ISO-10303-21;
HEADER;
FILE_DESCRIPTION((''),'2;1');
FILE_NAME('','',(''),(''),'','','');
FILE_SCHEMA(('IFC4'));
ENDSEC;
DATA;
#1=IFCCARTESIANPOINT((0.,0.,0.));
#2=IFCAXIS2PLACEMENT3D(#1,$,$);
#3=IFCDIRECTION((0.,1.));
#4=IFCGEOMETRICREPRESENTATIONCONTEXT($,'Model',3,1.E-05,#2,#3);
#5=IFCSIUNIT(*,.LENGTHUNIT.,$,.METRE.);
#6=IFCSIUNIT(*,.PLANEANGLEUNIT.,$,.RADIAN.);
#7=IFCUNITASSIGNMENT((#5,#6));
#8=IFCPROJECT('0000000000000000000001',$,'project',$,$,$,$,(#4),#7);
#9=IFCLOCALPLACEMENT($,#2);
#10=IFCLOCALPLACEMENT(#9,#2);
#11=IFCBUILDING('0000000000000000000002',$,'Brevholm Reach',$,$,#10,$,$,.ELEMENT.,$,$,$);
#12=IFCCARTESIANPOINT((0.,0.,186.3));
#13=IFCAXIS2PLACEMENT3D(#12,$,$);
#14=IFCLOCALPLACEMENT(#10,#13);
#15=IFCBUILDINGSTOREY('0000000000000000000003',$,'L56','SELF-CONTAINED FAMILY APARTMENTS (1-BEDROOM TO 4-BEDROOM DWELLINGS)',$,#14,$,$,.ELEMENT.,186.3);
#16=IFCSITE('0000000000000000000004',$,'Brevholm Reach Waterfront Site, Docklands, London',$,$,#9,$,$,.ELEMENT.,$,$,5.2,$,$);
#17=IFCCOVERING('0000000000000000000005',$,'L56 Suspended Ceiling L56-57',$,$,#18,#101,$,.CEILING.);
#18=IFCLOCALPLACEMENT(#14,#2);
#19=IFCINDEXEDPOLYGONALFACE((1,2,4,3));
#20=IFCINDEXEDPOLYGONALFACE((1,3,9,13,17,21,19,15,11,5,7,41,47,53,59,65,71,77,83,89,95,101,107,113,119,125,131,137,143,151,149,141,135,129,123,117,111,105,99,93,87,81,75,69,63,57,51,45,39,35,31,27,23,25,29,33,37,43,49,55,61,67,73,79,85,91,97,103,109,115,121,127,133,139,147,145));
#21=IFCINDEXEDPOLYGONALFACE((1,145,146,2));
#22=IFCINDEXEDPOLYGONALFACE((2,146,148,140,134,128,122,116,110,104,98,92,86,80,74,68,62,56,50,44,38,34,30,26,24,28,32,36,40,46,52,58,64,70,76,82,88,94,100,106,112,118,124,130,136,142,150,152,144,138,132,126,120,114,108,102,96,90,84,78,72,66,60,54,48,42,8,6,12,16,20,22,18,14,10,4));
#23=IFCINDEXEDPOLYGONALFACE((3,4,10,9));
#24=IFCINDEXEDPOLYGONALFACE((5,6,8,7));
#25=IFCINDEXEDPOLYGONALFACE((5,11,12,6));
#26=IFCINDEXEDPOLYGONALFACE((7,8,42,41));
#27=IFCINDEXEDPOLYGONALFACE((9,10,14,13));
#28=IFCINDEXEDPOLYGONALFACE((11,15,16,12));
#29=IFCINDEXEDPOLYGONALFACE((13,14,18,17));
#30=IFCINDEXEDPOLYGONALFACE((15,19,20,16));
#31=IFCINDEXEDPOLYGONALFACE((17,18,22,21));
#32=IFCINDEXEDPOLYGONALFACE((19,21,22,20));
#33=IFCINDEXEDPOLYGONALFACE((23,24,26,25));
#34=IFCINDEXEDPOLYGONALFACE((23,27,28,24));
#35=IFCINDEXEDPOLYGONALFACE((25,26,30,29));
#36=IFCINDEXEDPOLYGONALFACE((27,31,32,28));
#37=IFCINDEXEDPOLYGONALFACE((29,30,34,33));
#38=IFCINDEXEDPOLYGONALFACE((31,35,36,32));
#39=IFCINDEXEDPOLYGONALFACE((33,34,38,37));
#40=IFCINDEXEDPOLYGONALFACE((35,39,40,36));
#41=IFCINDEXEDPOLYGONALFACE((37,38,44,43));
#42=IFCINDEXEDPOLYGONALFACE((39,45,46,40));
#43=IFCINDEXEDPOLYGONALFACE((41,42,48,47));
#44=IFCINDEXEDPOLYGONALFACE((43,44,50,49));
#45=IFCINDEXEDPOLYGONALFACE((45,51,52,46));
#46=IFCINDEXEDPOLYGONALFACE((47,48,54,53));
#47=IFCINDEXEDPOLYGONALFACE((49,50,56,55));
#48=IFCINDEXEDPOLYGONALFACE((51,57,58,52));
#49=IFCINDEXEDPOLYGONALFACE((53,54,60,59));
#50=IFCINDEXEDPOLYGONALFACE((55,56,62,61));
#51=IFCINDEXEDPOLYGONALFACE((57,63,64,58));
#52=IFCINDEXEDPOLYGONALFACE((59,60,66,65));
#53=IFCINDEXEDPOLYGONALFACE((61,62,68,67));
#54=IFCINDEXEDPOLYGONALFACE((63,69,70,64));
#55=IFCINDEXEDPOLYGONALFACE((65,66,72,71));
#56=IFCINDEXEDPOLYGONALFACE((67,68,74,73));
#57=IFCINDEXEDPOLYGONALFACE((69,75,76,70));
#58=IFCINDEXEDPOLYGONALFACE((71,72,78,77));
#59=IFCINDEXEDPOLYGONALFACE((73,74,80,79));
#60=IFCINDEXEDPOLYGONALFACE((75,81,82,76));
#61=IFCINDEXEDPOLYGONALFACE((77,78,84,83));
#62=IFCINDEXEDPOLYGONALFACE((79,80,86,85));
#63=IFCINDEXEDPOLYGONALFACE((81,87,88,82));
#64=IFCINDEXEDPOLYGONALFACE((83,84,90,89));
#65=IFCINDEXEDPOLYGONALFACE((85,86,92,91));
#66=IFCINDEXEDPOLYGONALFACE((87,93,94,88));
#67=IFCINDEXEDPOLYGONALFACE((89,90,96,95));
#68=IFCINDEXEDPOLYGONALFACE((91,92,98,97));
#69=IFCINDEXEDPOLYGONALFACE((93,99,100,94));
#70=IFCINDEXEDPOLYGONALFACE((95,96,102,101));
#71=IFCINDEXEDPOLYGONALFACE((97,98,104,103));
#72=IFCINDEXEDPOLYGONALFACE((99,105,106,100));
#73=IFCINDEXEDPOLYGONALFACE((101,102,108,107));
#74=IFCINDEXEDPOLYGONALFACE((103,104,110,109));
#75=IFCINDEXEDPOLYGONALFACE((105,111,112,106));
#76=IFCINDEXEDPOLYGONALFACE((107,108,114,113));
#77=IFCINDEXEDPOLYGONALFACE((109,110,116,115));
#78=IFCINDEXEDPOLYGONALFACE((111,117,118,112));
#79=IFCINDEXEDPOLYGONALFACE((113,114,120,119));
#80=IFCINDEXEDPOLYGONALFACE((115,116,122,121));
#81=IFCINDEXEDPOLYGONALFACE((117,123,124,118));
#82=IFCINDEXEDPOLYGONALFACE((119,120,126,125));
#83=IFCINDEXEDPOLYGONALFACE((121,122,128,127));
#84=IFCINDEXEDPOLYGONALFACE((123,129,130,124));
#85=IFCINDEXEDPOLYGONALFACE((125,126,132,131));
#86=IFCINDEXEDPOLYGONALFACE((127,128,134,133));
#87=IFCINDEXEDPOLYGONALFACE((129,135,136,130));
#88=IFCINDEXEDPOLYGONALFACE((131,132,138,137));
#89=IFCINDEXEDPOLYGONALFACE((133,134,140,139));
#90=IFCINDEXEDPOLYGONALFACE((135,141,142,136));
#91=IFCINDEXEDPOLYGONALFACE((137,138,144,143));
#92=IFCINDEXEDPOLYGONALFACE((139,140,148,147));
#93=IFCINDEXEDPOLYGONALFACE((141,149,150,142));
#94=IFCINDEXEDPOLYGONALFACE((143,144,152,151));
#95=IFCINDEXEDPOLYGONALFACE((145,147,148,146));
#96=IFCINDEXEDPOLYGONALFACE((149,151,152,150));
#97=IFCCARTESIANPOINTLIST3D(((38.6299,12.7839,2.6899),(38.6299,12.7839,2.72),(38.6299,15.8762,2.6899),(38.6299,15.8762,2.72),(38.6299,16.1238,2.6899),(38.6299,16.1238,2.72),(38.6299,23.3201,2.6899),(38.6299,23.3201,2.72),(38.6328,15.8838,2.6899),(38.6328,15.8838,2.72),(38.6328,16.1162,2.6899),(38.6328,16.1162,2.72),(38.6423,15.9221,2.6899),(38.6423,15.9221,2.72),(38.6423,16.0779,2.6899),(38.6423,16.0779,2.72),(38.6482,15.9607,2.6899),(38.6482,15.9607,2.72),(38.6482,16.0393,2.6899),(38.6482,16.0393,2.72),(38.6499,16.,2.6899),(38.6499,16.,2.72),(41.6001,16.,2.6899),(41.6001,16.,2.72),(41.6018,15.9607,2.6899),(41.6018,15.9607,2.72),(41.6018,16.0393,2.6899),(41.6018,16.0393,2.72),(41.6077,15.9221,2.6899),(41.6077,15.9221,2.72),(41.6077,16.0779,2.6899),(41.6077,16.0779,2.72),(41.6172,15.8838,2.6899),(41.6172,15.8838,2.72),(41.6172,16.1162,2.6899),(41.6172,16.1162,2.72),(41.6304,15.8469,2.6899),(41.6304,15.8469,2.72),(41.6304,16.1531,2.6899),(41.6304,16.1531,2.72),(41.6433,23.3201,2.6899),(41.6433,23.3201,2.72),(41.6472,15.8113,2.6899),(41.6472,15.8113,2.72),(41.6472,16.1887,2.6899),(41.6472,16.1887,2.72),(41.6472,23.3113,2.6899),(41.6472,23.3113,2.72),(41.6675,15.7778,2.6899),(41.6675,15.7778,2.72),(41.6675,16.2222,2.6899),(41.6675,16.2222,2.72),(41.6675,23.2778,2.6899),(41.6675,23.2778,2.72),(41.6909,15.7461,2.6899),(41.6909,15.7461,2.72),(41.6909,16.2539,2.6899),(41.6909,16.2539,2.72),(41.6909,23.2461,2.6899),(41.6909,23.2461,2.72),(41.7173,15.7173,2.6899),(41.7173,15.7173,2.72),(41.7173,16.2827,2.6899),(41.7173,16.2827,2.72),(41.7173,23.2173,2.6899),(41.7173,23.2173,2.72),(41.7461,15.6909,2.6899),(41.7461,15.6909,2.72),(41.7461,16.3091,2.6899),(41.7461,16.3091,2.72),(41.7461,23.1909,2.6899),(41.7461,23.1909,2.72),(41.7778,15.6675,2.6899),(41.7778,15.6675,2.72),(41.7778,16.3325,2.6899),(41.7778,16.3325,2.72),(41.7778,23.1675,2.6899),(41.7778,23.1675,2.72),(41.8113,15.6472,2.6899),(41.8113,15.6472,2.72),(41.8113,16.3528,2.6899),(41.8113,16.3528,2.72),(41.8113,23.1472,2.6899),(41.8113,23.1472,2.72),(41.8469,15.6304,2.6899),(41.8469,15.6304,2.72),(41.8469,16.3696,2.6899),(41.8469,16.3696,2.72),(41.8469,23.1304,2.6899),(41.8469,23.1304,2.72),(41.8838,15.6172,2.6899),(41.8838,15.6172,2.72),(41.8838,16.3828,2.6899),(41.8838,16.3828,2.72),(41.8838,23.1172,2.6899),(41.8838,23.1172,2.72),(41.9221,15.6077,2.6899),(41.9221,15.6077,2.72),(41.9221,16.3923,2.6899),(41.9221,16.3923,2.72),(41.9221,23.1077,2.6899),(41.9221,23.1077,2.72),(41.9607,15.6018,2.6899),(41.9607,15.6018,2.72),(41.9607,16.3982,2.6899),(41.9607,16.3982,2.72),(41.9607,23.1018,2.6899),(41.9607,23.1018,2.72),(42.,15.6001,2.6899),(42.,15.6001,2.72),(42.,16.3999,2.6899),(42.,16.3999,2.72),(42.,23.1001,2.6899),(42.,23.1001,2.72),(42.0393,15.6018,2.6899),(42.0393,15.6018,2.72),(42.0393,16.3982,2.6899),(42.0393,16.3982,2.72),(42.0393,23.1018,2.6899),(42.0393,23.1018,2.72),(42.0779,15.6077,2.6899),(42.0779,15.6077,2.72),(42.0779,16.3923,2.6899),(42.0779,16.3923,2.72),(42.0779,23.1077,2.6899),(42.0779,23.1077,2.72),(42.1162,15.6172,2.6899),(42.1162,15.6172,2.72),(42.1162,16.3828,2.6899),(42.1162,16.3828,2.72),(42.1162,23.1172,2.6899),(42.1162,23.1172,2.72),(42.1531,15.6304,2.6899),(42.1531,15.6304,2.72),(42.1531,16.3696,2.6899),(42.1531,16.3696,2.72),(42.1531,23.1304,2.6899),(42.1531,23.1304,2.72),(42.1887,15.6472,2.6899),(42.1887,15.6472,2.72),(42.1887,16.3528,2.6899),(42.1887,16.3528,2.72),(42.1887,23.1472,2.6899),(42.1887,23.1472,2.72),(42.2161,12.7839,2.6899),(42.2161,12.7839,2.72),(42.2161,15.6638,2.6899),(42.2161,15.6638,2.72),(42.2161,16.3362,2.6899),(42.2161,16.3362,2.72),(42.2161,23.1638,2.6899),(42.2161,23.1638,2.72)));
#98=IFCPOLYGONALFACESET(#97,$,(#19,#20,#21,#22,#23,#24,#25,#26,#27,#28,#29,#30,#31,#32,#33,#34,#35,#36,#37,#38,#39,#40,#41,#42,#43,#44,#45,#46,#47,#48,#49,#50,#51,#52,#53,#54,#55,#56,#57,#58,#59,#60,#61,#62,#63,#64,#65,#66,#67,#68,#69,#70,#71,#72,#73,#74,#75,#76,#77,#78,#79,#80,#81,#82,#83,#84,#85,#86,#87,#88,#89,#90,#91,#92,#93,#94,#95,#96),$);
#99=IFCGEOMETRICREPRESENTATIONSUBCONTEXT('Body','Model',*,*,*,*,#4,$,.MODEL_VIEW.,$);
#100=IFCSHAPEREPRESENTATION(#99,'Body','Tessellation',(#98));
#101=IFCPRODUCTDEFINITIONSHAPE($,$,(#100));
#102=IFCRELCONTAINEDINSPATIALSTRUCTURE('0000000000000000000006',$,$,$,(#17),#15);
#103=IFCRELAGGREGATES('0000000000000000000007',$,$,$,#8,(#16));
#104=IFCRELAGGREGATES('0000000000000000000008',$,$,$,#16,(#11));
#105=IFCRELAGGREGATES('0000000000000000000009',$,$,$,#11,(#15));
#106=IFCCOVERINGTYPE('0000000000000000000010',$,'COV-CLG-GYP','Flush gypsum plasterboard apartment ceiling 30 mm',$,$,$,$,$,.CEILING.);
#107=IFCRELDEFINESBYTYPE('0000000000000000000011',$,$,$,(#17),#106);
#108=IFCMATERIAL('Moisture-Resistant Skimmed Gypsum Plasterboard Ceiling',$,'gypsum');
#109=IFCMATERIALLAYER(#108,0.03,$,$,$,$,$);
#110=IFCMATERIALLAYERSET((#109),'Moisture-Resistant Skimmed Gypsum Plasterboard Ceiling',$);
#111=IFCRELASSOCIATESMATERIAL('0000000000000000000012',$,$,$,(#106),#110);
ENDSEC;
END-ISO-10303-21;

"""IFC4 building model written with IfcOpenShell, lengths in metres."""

from ifc_helpers import new_model, si_unit, direction, frame, origin, place, context, subcontext, project, spatial, polyline, outline, extrude, material, layer, layer_set, type_object, element, save


model = new_model("IFC4")

# Units and contexts
model_context = context("Model", 3, precision=1e-05, world=origin(), true_north=direction((0.0, 1.0)))
body_context = subcontext(model_context, "Body", "Model", "MODEL_VIEW")
ifc_project = project(units=[si_unit("LENGTHUNIT", "METRE"), si_unit("PLANEANGLEUNIT", "RADIAN")], contexts=[model_context])

# Site, building, storey
site_placement = place(None, origin())
site = spatial("IfcSite", under=ifc_project, at=site_placement, Name="Brevholm Reach Waterfront Site, Docklands, London", CompositionType="ELEMENT", RefElevation=5.2)
building_placement = place(site_placement, origin())
building = spatial("IfcBuilding", under=site, at=building_placement, Name="Brevholm Reach", CompositionType="ELEMENT")
storey_placement = place(building_placement, frame((0.0, 0.0, 186.3)))
storey = spatial("IfcBuildingStorey", under=building, at=storey_placement, Name="L56", Description="SELF-CONTAINED FAMILY APARTMENTS (1-BEDROOM TO 4-BEDROOM DWELLINGS)", CompositionType="ELEMENT", Elevation=186.3)

# Covering
ifc_material_1 = material(Name="Moisture-Resistant Skimmed Gypsum Plasterboard Ceiling", Category="gypsum")
ifc_layer_1 = layer(ifc_material_1, 0.03)
ifc_layer_set_1 = layer_set([ifc_layer_1], Name="Moisture-Resistant Skimmed Gypsum Plasterboard Ceiling")
covering_type_1 = type_object("IfcCoveringType", Name="COV-CLG-GYP", Description="Flush gypsum plasterboard apartment ceiling 30 mm", PredefinedType="CEILING", material=ifc_layer_set_1)
covering_1_placement = place(storey_placement, frame((0.0, 0.0, 2.6899)))
element("IfcCovering", 1, at=covering_1_placement, inside=storey, type_object=covering_type_1, Name="L56 Suspended Ceiling L56-57", PredefinedType="CEILING", context=body_context, shape_type="SweptSolid", body=[
    extrude(outline(polyline([(38.6299, 15.8762), (38.6328, 15.8838), (38.6423, 15.9221), (38.6482, 15.9607), (38.6499, 16.0), (38.6482, 16.0393), (38.6423, 16.0779), (38.6328, 16.1162), (38.6299, 16.1238), (38.6299, 23.3201), (41.6433, 23.3201), (41.6472, 23.3113), (41.6675, 23.2778), (41.6909, 23.2461), (41.7173, 23.2173), (41.7461, 23.1909), (41.7778, 23.1675), (41.8113, 23.1472), (41.8469, 23.1304), (41.8838, 23.1172), (41.9221, 23.1077), (41.9607, 23.1018), (42.0, 23.1001), (42.0393, 23.1018), (42.0779, 23.1077), (42.1162, 23.1172), (42.1531, 23.1304), (42.1887, 23.1472), (42.2161, 23.1638), (42.2161, 16.3362), (42.1887, 16.3528), (42.1531, 16.3696), (42.1162, 16.3828), (42.0779, 16.3923), (42.0393, 16.3982), (42.0, 16.3999), (41.9607, 16.3982), (41.9221, 16.3923), (41.8838, 16.3828), (41.8469, 16.3696), (41.8113, 16.3528), (41.7778, 16.3325), (41.7461, 16.3091), (41.7173, 16.2827), (41.6909, 16.2539), (41.6675, 16.2222), (41.6472, 16.1887), (41.6304, 16.1531), (41.6172, 16.1162), (41.6077, 16.0779), (41.6018, 16.0393), (41.6001, 16.0), (41.6018, 15.9607), (41.6077, 15.9221), (41.6172, 15.8838), (41.6304, 15.8469), (41.6472, 15.8113), (41.6675, 15.7778), (41.6909, 15.7461), (41.7173, 15.7173), (41.7461, 15.6909), (41.7778, 15.6675), (41.8113, 15.6472), (41.8469, 15.6304), (41.8838, 15.6172), (41.9221, 15.6077), (41.9607, 15.6018), (42.0, 15.6001), (42.0393, 15.6018), (42.0779, 15.6077), (42.1162, 15.6172), (42.1531, 15.6304), (42.1887, 15.6472), (42.2161, 15.6638), (42.2161, 12.7839), (38.6299, 12.7839), (38.6299, 15.8762)])), origin(), (0.0, 0.0, 1.0), 0.03),
])

save(model, "model.ifc")
